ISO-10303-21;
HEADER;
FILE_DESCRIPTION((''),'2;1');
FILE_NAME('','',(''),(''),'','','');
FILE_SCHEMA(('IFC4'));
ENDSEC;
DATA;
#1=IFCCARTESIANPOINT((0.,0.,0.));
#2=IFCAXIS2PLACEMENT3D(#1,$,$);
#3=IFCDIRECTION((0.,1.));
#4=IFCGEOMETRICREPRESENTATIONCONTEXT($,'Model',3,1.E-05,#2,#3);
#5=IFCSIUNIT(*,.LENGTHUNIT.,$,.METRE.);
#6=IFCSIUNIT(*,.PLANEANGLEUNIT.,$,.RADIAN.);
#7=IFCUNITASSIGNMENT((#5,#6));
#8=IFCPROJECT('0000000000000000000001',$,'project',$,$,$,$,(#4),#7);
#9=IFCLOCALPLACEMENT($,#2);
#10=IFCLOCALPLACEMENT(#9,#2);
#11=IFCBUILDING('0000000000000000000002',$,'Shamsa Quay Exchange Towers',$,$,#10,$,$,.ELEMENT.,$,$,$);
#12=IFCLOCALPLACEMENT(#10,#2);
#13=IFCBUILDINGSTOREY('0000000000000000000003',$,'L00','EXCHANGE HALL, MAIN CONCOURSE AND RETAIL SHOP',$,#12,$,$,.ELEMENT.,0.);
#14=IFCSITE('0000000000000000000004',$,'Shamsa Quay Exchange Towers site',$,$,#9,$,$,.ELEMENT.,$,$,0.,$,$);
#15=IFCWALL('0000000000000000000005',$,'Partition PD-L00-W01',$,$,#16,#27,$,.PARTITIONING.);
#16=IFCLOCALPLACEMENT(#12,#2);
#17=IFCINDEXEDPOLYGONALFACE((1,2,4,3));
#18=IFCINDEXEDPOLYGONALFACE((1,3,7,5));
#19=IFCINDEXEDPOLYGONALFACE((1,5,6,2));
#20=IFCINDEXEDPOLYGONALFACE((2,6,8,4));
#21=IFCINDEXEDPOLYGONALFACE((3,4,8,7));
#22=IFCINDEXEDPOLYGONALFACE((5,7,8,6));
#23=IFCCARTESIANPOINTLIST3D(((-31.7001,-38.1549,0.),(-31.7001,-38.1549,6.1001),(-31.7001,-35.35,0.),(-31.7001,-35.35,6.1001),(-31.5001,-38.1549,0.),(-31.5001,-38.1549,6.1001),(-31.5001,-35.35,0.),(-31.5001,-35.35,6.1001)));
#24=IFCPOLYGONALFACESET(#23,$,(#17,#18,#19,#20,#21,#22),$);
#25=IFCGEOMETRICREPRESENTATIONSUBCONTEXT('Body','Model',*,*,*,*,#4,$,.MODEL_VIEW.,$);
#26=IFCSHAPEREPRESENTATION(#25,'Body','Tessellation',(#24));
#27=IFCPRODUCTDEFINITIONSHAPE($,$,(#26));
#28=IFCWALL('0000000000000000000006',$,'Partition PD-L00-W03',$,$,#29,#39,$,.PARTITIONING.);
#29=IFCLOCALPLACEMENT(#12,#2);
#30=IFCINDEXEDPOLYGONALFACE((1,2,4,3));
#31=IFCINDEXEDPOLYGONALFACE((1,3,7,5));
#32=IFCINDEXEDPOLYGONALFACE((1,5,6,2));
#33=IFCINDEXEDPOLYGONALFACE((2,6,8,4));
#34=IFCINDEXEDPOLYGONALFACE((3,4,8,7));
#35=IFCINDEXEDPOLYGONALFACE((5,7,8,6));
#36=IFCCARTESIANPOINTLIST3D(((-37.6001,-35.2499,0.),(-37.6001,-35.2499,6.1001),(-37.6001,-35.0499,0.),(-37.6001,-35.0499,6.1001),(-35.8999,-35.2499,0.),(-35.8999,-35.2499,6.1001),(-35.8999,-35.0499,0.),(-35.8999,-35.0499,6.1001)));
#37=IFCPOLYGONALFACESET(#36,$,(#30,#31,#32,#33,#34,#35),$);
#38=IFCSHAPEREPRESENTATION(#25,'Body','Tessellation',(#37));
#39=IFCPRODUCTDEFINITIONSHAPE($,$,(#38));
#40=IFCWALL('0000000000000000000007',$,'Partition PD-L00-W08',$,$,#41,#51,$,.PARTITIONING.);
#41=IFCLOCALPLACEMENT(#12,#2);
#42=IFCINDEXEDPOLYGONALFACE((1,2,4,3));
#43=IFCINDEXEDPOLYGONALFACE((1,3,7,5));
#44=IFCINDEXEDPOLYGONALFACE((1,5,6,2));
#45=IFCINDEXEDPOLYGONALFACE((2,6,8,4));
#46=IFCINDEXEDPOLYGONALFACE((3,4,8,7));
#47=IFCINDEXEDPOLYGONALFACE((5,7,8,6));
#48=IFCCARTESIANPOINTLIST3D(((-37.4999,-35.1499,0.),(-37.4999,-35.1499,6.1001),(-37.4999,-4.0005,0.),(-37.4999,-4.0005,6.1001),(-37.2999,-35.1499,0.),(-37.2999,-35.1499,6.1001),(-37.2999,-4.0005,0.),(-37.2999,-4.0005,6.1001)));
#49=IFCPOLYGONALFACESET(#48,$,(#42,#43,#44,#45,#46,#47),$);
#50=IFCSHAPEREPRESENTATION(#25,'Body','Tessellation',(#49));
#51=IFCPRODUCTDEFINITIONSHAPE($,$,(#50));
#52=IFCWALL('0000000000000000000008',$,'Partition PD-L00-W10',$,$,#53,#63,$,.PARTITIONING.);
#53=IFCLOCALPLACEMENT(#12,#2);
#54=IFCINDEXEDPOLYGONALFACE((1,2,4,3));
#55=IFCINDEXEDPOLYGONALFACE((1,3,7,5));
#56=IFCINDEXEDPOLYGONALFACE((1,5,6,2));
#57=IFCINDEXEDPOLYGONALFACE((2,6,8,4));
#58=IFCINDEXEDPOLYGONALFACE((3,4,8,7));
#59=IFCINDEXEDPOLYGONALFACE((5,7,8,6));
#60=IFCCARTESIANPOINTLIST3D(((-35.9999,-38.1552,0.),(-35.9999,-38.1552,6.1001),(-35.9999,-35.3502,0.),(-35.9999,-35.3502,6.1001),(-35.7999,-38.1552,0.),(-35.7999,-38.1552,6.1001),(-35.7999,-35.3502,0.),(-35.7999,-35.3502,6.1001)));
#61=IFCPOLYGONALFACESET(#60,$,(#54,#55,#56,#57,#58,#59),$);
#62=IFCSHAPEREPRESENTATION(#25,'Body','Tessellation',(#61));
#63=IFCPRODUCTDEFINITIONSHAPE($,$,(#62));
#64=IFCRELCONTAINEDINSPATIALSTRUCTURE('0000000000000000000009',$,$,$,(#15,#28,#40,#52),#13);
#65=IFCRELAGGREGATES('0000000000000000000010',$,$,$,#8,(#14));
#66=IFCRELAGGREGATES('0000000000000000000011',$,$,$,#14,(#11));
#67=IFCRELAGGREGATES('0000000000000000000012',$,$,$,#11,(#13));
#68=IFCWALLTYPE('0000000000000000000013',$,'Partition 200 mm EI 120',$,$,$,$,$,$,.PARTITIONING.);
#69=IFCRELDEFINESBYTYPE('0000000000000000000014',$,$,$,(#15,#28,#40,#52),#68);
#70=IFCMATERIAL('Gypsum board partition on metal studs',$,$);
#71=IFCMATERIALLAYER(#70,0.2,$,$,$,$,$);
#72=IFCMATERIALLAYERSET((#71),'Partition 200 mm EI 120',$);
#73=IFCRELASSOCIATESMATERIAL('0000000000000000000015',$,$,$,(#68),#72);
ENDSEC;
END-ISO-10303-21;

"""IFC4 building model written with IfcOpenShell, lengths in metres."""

from ifc_helpers import new_model, si_unit, direction, frame, frame_2d, origin, place, context, subcontext, project, spatial, rectangle, extrude, material, layer, layer_set, type_object, element, save


model = new_model("IFC4")

# Units and contexts
model_context = context("Model", 3, precision=1e-05, world=origin(), true_north=direction((0.0, 1.0)))
body_context = subcontext(model_context, "Body", "Model", "MODEL_VIEW")
ifc_project = project(units=[si_unit("LENGTHUNIT", "METRE"), si_unit("PLANEANGLEUNIT", "RADIAN")], contexts=[model_context])

# Site, building, storey
site_placement = place(None, origin())
site = spatial("IfcSite", under=ifc_project, at=site_placement, Name="Shamsa Quay Exchange Towers site", CompositionType="ELEMENT", RefElevation=0.0)
building_placement = place(site_placement, origin())
building = spatial("IfcBuilding", under=site, at=building_placement, Name="Shamsa Quay Exchange Towers", CompositionType="ELEMENT")
storey_placement = place(building_placement, origin())
storey = spatial("IfcBuildingStorey", under=building, at=storey_placement, Name="L00", Description="EXCHANGE HALL, MAIN CONCOURSE AND RETAIL SHOP", CompositionType="ELEMENT", Elevation=0.0)

# Walls
ifc_material_1 = material(Name="Gypsum board partition on metal studs")
ifc_layer_1 = layer(ifc_material_1, 0.2)
ifc_layer_set_1 = layer_set([ifc_layer_1], Name="Partition 200 mm EI 120")
wall_type_1 = type_object("IfcWallType", Name="Partition 200 mm EI 120", PredefinedType="PARTITIONING", material=ifc_layer_set_1)
wall_1_placement = place(storey_placement, frame((-31.6001, -35.3501, 0.0), z_axis=(0.0, 0.0, 1.0), x_axis=(0.0, -1.0, 0.0)))
element("IfcWall", 1, at=wall_1_placement, inside=storey, type_object=wall_type_1, Name="Partition PD-L00-W01", PredefinedType="PARTITIONING", context=body_context, shape_type="SweptSolid", body=[
    extrude(rectangle(XDim=2.8049, YDim=0.2, at=frame_2d((1.4023, 0.0))), origin(), (0.0, 0.0, 1.0), 6.1001),
])
wall_2_placement = place(storey_placement, frame((-35.8999, -35.1499, 0.0), z_axis=(0.0, 0.0, 1.0), x_axis=(-1.0, 0.0, 0.0)))
element("IfcWall", 2, at=wall_2_placement, inside=storey, type_object=wall_type_1, Name="Partition PD-L00-W03", PredefinedType="PARTITIONING", context=body_context, shape_type="SweptSolid", body=[
    extrude(rectangle(XDim=1.7002, YDim=0.2, at=frame_2d((0.8501, 0.0))), origin(), (0.0, 0.0, 1.0), 6.1001),
])
wall_3_placement = place(storey_placement, frame((-37.3999, -35.1499, 0.0), z_axis=(0.0, 0.0, 1.0), x_axis=(0.0, 1.0, 0.0)))
element("IfcWall", 3, at=wall_3_placement, inside=storey, type_object=wall_type_1, Name="Partition PD-L00-W08", PredefinedType="PARTITIONING", context=body_context, shape_type="SweptSolid", body=[
    extrude(rectangle(XDim=31.1494, YDim=0.2, at=frame_2d((15.5747, 0.0))), origin(), (0.0, 0.0, 1.0), 6.1001),
])
wall_4_placement = place(storey_placement, frame((-35.8999, -38.155, 0.0), z_axis=(0.0, 0.0, 1.0), x_axis=(0.0, 1.0, 0.0)))
element("IfcWall", 4, at=wall_4_placement, inside=storey, type_object=wall_type_1, Name="Partition PD-L00-W10", PredefinedType="PARTITIONING", context=body_context, shape_type="SweptSolid", body=[
    extrude(rectangle(XDim=2.8049, YDim=0.2, at=frame_2d((1.4023, 0.0))), origin(), (0.0, 0.0, 1.0), 6.1001),
])

save(model, "model.ifc")
